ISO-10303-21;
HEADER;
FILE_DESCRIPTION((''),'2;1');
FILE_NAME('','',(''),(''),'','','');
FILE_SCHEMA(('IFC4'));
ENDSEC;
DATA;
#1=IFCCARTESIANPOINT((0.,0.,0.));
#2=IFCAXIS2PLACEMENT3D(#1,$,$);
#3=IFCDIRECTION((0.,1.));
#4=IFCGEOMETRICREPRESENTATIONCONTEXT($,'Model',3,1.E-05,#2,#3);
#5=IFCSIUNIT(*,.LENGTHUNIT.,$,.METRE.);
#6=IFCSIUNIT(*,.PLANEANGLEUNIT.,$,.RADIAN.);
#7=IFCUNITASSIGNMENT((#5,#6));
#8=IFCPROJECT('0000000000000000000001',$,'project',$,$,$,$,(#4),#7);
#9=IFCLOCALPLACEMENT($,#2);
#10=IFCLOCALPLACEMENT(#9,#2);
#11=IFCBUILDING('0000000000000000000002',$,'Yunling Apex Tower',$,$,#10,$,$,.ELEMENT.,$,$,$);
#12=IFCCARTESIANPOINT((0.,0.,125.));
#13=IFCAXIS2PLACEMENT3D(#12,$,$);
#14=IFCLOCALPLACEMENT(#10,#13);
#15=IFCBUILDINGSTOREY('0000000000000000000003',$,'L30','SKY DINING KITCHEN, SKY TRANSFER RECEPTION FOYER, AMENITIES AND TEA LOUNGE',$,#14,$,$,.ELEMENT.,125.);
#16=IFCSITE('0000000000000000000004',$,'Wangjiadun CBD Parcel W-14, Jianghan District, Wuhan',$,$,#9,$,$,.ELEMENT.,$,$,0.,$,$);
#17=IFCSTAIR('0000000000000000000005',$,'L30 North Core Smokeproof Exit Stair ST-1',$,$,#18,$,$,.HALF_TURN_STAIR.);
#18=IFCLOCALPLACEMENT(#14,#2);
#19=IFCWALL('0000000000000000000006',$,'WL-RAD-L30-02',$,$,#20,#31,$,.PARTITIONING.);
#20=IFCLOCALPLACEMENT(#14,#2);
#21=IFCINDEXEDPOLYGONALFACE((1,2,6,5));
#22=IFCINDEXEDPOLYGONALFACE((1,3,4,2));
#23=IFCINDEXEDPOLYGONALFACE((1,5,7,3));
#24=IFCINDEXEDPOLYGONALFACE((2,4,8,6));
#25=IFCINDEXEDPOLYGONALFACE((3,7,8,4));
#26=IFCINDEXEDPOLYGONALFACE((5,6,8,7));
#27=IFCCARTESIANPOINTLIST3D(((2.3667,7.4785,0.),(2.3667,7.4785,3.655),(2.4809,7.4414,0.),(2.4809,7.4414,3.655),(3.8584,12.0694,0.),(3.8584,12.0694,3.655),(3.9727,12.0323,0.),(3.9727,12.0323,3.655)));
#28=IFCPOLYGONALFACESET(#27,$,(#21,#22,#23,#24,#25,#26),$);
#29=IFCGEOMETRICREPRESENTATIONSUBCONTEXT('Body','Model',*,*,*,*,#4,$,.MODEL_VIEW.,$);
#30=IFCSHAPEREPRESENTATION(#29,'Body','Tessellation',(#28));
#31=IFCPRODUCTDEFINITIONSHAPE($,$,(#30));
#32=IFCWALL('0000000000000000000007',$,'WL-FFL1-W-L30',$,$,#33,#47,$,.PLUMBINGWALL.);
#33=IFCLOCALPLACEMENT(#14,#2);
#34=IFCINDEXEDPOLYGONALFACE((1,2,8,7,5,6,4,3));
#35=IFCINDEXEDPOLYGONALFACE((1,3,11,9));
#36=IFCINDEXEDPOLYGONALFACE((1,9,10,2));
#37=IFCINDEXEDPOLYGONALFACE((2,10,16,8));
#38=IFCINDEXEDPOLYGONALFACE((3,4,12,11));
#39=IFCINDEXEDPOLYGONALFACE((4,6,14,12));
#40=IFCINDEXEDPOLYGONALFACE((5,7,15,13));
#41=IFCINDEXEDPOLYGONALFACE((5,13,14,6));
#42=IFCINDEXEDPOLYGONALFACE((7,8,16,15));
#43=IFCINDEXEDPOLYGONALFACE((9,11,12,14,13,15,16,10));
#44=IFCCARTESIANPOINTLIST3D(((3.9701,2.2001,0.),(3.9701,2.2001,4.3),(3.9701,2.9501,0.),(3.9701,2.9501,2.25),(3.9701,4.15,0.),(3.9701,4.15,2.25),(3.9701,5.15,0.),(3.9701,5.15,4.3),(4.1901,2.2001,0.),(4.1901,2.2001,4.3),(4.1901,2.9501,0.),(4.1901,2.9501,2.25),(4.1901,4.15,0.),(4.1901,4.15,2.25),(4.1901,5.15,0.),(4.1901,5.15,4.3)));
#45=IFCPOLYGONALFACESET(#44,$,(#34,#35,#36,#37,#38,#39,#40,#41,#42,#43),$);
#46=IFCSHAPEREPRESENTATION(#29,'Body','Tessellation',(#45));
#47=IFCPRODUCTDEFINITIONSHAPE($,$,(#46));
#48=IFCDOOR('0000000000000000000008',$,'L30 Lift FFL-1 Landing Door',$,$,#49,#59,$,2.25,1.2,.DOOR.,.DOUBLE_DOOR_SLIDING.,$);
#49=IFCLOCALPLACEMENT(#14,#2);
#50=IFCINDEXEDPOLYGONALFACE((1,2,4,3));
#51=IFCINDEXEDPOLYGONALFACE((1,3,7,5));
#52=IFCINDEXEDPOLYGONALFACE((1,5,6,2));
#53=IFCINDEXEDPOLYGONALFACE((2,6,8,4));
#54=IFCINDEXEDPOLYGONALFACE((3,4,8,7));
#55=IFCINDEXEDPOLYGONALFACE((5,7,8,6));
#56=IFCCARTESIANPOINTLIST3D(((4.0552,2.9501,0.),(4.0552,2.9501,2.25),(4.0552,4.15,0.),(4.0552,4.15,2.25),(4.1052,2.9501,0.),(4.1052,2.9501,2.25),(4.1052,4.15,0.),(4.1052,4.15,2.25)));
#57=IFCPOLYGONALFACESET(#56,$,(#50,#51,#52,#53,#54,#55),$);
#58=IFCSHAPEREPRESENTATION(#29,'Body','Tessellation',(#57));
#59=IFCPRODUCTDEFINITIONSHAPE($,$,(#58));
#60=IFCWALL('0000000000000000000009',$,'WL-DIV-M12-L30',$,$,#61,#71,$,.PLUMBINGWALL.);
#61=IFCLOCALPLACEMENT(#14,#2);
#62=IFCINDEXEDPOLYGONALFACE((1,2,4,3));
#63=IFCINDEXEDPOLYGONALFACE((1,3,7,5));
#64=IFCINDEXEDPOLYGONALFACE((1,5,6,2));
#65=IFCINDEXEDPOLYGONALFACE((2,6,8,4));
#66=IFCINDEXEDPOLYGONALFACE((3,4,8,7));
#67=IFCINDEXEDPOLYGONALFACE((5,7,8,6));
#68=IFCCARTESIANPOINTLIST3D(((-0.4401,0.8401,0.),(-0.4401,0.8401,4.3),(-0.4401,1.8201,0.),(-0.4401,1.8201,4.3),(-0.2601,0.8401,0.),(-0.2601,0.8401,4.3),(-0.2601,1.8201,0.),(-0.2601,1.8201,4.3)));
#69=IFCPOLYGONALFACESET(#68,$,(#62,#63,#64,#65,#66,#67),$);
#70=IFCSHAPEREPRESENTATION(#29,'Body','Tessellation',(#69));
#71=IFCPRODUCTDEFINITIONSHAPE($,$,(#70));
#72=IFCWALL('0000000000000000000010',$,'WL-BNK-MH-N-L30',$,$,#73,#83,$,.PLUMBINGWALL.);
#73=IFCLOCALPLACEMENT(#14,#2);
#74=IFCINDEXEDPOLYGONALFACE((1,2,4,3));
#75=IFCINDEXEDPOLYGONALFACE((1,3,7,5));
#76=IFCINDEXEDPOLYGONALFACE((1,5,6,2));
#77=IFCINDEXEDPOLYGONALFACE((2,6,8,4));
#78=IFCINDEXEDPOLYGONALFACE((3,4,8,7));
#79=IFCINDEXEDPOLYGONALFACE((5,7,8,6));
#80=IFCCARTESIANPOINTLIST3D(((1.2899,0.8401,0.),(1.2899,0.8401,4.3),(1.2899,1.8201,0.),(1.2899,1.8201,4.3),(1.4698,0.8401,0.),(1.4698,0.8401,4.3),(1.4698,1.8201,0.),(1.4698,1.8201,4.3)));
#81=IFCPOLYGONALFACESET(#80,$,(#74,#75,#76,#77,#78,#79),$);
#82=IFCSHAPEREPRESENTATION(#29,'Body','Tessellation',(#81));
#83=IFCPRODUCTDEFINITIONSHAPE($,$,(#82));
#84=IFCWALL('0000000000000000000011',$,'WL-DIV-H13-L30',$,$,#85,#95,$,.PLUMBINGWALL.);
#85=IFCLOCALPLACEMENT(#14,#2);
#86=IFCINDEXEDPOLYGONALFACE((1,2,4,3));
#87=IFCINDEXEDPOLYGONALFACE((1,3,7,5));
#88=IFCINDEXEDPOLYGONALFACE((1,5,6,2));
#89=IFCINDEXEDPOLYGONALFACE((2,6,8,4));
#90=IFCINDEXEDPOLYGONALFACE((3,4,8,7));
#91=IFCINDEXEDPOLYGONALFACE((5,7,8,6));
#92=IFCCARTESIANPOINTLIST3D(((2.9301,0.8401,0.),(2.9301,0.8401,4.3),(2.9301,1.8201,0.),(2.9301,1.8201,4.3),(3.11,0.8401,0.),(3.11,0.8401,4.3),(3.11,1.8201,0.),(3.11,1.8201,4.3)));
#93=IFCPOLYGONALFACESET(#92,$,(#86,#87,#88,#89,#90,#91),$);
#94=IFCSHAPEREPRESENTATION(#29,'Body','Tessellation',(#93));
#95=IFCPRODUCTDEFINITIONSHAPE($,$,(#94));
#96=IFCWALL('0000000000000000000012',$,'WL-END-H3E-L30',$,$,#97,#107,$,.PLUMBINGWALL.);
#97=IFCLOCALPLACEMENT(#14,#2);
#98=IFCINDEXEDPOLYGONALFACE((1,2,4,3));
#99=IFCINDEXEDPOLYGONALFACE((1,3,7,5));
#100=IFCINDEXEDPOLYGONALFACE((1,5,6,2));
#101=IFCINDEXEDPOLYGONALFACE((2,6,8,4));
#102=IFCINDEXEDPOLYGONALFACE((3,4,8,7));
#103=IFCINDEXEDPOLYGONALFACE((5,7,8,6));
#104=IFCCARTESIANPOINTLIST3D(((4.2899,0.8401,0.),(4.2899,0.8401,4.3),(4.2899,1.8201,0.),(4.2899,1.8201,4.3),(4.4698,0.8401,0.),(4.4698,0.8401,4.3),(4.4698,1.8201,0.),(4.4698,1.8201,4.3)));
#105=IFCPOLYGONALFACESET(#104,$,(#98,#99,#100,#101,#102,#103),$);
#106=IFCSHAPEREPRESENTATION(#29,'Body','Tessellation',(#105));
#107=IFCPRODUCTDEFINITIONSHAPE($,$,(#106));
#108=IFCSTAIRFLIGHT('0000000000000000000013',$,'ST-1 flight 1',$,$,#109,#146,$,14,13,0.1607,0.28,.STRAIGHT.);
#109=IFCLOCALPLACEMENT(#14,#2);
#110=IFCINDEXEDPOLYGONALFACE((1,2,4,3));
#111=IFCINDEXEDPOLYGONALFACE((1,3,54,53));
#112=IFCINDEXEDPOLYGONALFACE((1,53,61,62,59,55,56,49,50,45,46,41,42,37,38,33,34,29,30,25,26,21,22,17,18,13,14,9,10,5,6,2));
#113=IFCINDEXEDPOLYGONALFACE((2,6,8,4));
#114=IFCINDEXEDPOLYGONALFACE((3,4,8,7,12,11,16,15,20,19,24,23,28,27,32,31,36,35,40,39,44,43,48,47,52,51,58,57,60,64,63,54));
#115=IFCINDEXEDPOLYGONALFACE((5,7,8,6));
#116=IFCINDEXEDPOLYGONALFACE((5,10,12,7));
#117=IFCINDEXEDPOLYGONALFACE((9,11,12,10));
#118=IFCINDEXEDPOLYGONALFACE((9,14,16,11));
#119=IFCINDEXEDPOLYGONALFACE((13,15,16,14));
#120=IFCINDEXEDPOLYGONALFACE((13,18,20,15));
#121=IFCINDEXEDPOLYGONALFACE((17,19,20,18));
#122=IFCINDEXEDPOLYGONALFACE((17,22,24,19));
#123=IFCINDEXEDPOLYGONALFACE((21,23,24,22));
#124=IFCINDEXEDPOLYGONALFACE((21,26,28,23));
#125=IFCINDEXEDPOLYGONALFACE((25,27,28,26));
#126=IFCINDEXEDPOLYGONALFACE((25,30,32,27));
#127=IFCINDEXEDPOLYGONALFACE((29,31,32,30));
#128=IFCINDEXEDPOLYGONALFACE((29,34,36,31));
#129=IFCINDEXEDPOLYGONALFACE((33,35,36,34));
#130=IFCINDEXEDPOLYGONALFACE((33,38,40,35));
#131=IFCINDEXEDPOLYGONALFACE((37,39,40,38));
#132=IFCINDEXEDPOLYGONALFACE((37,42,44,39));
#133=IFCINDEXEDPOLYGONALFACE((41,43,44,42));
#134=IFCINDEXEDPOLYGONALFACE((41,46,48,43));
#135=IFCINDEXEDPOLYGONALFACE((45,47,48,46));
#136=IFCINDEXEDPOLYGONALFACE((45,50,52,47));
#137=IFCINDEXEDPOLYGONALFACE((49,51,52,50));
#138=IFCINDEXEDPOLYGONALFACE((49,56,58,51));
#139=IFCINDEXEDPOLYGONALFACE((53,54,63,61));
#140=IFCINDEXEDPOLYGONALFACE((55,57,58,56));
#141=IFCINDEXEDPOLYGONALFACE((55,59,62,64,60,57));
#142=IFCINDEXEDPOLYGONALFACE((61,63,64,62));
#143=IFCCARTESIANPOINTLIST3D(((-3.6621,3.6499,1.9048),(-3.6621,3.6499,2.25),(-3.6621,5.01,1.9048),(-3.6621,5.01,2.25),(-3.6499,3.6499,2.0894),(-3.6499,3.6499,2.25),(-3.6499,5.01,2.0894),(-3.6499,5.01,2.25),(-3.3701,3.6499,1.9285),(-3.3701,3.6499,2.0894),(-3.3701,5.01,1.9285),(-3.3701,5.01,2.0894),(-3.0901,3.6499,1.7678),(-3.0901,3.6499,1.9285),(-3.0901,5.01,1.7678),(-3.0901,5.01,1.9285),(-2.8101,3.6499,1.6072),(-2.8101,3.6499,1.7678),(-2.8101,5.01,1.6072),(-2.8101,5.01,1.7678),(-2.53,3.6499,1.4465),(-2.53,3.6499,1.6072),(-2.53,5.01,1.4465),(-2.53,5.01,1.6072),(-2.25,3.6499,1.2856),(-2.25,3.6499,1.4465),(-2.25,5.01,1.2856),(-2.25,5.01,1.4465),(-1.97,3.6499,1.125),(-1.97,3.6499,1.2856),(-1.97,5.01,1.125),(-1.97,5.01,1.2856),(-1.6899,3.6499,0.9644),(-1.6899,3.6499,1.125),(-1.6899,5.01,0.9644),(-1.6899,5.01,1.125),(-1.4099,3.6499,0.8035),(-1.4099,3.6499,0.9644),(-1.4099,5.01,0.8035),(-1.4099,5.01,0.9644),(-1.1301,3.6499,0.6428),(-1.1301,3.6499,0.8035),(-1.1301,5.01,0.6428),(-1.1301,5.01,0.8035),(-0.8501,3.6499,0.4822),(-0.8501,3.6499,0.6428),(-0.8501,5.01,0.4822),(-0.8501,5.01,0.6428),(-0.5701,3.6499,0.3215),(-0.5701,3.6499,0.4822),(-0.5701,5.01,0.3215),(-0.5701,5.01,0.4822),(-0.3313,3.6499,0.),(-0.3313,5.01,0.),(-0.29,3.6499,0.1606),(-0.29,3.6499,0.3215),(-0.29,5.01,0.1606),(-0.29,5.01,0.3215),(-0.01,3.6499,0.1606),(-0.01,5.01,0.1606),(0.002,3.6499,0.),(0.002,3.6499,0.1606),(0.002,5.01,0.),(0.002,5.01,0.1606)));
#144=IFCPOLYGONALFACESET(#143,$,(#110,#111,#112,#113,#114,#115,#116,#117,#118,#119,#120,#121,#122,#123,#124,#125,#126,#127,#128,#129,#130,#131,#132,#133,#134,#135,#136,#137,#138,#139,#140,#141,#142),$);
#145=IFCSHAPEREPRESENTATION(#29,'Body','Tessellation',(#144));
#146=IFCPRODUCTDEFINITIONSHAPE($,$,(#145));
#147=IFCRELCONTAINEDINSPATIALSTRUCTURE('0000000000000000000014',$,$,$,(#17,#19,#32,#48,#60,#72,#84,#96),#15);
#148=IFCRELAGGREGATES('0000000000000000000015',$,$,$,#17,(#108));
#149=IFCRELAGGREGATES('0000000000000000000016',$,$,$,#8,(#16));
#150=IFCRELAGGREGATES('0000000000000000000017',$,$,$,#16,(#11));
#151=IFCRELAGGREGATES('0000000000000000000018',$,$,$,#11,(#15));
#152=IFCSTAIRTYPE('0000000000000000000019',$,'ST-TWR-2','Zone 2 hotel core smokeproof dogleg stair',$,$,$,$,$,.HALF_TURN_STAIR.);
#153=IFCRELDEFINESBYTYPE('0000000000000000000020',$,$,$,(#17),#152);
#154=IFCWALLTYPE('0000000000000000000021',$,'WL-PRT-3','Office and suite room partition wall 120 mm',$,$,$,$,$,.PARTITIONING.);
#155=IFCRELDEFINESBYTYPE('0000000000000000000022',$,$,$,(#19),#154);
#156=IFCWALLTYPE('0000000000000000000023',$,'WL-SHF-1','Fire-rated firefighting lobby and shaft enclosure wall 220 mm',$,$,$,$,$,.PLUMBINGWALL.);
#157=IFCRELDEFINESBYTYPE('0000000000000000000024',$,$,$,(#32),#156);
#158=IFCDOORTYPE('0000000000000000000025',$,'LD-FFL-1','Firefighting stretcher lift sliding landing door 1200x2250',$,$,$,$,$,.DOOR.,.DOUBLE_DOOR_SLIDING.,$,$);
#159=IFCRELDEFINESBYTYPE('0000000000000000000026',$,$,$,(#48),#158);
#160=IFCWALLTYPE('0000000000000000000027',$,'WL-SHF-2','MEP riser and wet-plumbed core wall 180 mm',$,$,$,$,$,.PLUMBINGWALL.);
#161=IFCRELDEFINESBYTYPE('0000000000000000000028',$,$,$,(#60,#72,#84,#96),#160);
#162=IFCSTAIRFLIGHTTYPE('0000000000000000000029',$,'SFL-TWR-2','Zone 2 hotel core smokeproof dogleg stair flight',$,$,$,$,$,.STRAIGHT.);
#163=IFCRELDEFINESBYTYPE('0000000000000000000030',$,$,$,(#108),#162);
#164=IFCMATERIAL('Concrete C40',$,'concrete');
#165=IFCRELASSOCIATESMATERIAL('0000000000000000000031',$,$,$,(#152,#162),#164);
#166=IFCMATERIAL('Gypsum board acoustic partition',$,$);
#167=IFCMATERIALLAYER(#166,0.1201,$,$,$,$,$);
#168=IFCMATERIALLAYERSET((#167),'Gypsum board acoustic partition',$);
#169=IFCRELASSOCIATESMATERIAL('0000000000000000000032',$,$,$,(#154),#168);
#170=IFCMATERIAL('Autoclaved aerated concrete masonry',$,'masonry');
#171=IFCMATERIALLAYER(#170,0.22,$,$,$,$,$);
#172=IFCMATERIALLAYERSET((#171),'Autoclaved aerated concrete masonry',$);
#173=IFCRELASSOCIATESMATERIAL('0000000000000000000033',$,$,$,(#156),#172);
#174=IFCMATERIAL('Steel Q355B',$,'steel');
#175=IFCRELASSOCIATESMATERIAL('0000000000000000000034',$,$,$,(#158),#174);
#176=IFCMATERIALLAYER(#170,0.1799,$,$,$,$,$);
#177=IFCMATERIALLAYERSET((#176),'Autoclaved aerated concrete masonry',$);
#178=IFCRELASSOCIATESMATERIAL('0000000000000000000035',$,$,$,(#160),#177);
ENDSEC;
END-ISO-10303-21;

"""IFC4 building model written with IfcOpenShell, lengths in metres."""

from ifc_helpers import new_model, si_unit, direction, frame, frame_2d, origin, place, context, subcontext, project, spatial, polyline, rectangle, outline, extrude, material, layer, layer_set, type_object, element, fill, aggregate, save


model = new_model("IFC4")

# Units and contexts
model_context = context("Model", 3, precision=1e-05, world=origin(), true_north=direction((0.0, 1.0)))
body_context = subcontext(model_context, "Body", "Model", "MODEL_VIEW")
ifc_project = project(units=[si_unit("LENGTHUNIT", "METRE"), si_unit("PLANEANGLEUNIT", "RADIAN")], contexts=[model_context])

# Site, building, storey
site_placement = place(None, origin())
site = spatial("IfcSite", under=ifc_project, at=site_placement, Name="Wangjiadun CBD Parcel W-14, Jianghan District, Wuhan", CompositionType="ELEMENT", RefElevation=0.0)
building_placement = place(site_placement, origin())
building = spatial("IfcBuilding", under=site, at=building_placement, Name="Yunling Apex Tower", CompositionType="ELEMENT")
storey_placement = place(building_placement, frame((0.0, 0.0, 125.0)))
storey = spatial("IfcBuildingStorey", under=building, at=storey_placement, Name="L30", Description="SKY DINING KITCHEN, SKY TRANSFER RECEPTION FOYER, AMENITIES AND TEA LOUNGE", CompositionType="ELEMENT", Elevation=125.0)

# Shared definitions
ifc_material_1 = material(Name="Steel Q355B", Category="steel")

# Shared definitions
ifc_material_2 = material(Name="Concrete C40", Category="concrete")

# Stair
stair_type = type_object("IfcStairType", Name="ST-TWR-2", Description="Zone 2 hotel core smokeproof dogleg stair", PredefinedType="HALF_TURN_STAIR", material=ifc_material_2)
stair_1_placement = place(storey_placement, origin())
stair_1 = element("IfcStair", 1, at=stair_1_placement, inside=storey, type_object=stair_type, Name="L30 North Core Smokeproof Exit Stair ST-1", PredefinedType="HALF_TURN_STAIR")

# Wall
ifc_material_3 = material(Name="Gypsum board acoustic partition")
ifc_layer_1 = layer(ifc_material_3, 0.1201)
ifc_layer_set_1 = layer_set([ifc_layer_1], Name="Gypsum board acoustic partition")
wall_type_1 = type_object("IfcWallType", Name="WL-PRT-3", Description="Office and suite room partition wall 120 mm", PredefinedType="PARTITIONING", material=ifc_layer_set_1)
wall_1_placement = place(storey_placement, frame((2.4238, 7.46, 0.0), z_axis=(0.0, 0.0, 1.0), x_axis=(0.309027, 0.951053, 0.0)))
element("IfcWall", 2, at=wall_1_placement, inside=storey, type_object=wall_type_1, Name="WL-RAD-L30-02", PredefinedType="PARTITIONING", context=body_context, shape_type="SweptSolid", body=[
    extrude(rectangle(XDim=4.8271, YDim=0.1201, at=frame_2d((2.4136, 0.0))), origin(), (0.0, 0.0, 1.0), 3.655),
])

# Wall, opening, door
ifc_material_4 = material(Name="Autoclaved aerated concrete masonry", Category="masonry")
ifc_layer_2 = layer(ifc_material_4, 0.22)
ifc_layer_set_2 = layer_set([ifc_layer_2], Name="Autoclaved aerated concrete masonry")
wall_type_2 = type_object("IfcWallType", Name="WL-SHF-1", Description="Fire-rated firefighting lobby and shaft enclosure wall 220 mm", PredefinedType="PLUMBINGWALL", material=ifc_layer_set_2)
wall_2_placement = place(storey_placement, frame((4.0801, 2.2, 0.0), z_axis=(0.0, 0.0, 1.0), x_axis=(0.0, 1.0, 0.0)))
wall_2 = element("IfcWall", 3, at=wall_2_placement, inside=storey, type_object=wall_type_2, Name="WL-FFL1-W-L30", PredefinedType="PLUMBINGWALL", context=body_context, shape_type="SweptSolid", body=[
    extrude(rectangle(XDim=2.95, YDim=0.22, at=frame_2d((1.4751, 0.0))), origin(), (0.0, 0.0, 1.0), 4.3),
])
opening_1_placement = place(wall_2_placement, frame((0.75, 0.0, 0.0)))
opening_1 = element("IfcOpeningElement", 4, at=opening_1_placement, cuts=wall_2, PredefinedType="OPENING", context=body_context, shape_type="SweptSolid", body=[
    extrude(rectangle(XDim=1.2, YDim=2.25, at=frame_2d((0.6001, 1.125))), frame((0.0, 0.1201, 0.0), z_axis=(0.0, -1.0, 0.0), x_axis=(1.0, 0.0, 0.0)), (0.0, 0.0, 1.0), 0.24),
])
door_type_1 = type_object("IfcDoorType", Name="LD-FFL-1", Description="Firefighting stretcher lift sliding landing door 1200x2250", OperationType="DOUBLE_DOOR_SLIDING", PredefinedType="DOOR", material=ifc_material_1)
door_1_placement = place(opening_1_placement, origin())
door_1 = element("IfcDoor", 5, at=door_1_placement, inside=storey, type_object=door_type_1, Name="L30 Lift FFL-1 Landing Door", OperationType="DOUBLE_DOOR_SLIDING", OverallHeight=2.25, OverallWidth=1.2, PredefinedType="DOOR", context=body_context, shape_type="SweptSolid", body=[
    extrude(rectangle(XDim=1.2, YDim=2.25, at=frame_2d((0.6001, 1.125))), frame((0.0, 0.0249, 0.0), z_axis=(0.0, -1.0, 0.0), x_axis=(1.0, 0.0, 0.0)), (0.0, 0.0, 1.0), 0.05),
])
fill(opening_1, door_1)

# Walls
ifc_layer_3 = layer(ifc_material_4, 0.1799)
ifc_layer_set_3 = layer_set([ifc_layer_3], Name="Autoclaved aerated concrete masonry")
wall_type_3 = type_object("IfcWallType", Name="WL-SHF-2", Description="MEP riser and wet-plumbed core wall 180 mm", PredefinedType="PLUMBINGWALL", material=ifc_layer_set_3)
for number, where, z_axis, x_axis, name in (
    (6, (-0.3501, 0.8401, 0.0), (0.0, 0.0, 1.0), (0.0, 1.0, 0.0), "WL-DIV-M12-L30"),
    (7, (1.3799, 0.8401, 0.0), (0.0, 0.0, 1.0), (0.0, 1.0, 0.0), "WL-BNK-MH-N-L30"),
    (8, (3.02, 0.8401, 0.0), (0.0, 0.0, 1.0), (0.0, 1.0, 0.0), "WL-DIV-H13-L30"),
    (9, (4.3799, 0.8401, 0.0), (0.0, 0.0, 1.0), (0.0, 1.0, 0.0), "WL-END-H3E-L30"),
):
    element("IfcWall", number, at=place(storey_placement, frame(where, z_axis=z_axis, x_axis=x_axis)), inside=storey, type_object=wall_type_3, Name=name, PredefinedType="PLUMBINGWALL", context=body_context, shape_type="SweptSolid", body=[
        extrude(rectangle(XDim=0.98, YDim=0.1799, at=frame_2d((0.49, 0.0))), origin(), (0.0, 0.0, 1.0), 4.3),
    ])

# Stair flight
stair_flight_type = type_object("IfcStairFlightType", Name="SFL-TWR-2", Description="Zone 2 hotel core smokeproof dogleg stair flight", PredefinedType="STRAIGHT", material=ifc_material_2)
stair_flight_placement = place(storey_placement, frame((-0.01, 4.3301, 0.0), z_axis=(0.0, 0.0, 1.0), x_axis=(-1.0, 0.0, 0.0)))
stair_flight = element("IfcStairFlight", 10, at=stair_flight_placement, type_object=stair_flight_type, Name="ST-1 flight 1", NumberOfRisers=14, NumberOfTreads=13, PredefinedType="STRAIGHT", RiserHeight=0.1607, TreadLength=0.28, context=body_context, shape_type="SweptSolid", body=[
    extrude(outline(polyline([(-0.012, 0.0), (-0.012, 0.1606), (0.0, 0.1606), (0.28, 0.1606), (0.28, 0.3215), (0.5601, 0.3215), (0.5601, 0.4822), (0.8401, 0.4822), (0.8401, 0.6428), (1.1201, 0.6428), (1.1201, 0.8035), (1.3999, 0.8035), (1.3999, 0.9644), (1.6799, 0.9644), (1.6799, 1.125), (1.96, 1.125), (1.96, 1.2856), (2.24, 1.2856), (2.24, 1.4465), (2.52, 1.4465), (2.52, 1.6072), (2.8, 1.6072), (2.8, 1.7678), (3.0801, 1.7678), (3.0801, 1.9285), (3.3601, 1.9285), (3.3601, 2.0894), (3.6399, 2.0894), (3.6399, 2.25), (3.6521, 2.25), (3.6521, 1.9048), (0.3213, 0.0), (-0.012, 0.0)])), frame((0.0, 0.6802, 0.0), z_axis=(0.0, -1.0, 0.0), x_axis=(1.0, 0.0, 0.0)), (0.0, 0.0, 1.0), 1.3601),
])
aggregate(stair_1, [stair_flight])

save(model, "model.ifc")
